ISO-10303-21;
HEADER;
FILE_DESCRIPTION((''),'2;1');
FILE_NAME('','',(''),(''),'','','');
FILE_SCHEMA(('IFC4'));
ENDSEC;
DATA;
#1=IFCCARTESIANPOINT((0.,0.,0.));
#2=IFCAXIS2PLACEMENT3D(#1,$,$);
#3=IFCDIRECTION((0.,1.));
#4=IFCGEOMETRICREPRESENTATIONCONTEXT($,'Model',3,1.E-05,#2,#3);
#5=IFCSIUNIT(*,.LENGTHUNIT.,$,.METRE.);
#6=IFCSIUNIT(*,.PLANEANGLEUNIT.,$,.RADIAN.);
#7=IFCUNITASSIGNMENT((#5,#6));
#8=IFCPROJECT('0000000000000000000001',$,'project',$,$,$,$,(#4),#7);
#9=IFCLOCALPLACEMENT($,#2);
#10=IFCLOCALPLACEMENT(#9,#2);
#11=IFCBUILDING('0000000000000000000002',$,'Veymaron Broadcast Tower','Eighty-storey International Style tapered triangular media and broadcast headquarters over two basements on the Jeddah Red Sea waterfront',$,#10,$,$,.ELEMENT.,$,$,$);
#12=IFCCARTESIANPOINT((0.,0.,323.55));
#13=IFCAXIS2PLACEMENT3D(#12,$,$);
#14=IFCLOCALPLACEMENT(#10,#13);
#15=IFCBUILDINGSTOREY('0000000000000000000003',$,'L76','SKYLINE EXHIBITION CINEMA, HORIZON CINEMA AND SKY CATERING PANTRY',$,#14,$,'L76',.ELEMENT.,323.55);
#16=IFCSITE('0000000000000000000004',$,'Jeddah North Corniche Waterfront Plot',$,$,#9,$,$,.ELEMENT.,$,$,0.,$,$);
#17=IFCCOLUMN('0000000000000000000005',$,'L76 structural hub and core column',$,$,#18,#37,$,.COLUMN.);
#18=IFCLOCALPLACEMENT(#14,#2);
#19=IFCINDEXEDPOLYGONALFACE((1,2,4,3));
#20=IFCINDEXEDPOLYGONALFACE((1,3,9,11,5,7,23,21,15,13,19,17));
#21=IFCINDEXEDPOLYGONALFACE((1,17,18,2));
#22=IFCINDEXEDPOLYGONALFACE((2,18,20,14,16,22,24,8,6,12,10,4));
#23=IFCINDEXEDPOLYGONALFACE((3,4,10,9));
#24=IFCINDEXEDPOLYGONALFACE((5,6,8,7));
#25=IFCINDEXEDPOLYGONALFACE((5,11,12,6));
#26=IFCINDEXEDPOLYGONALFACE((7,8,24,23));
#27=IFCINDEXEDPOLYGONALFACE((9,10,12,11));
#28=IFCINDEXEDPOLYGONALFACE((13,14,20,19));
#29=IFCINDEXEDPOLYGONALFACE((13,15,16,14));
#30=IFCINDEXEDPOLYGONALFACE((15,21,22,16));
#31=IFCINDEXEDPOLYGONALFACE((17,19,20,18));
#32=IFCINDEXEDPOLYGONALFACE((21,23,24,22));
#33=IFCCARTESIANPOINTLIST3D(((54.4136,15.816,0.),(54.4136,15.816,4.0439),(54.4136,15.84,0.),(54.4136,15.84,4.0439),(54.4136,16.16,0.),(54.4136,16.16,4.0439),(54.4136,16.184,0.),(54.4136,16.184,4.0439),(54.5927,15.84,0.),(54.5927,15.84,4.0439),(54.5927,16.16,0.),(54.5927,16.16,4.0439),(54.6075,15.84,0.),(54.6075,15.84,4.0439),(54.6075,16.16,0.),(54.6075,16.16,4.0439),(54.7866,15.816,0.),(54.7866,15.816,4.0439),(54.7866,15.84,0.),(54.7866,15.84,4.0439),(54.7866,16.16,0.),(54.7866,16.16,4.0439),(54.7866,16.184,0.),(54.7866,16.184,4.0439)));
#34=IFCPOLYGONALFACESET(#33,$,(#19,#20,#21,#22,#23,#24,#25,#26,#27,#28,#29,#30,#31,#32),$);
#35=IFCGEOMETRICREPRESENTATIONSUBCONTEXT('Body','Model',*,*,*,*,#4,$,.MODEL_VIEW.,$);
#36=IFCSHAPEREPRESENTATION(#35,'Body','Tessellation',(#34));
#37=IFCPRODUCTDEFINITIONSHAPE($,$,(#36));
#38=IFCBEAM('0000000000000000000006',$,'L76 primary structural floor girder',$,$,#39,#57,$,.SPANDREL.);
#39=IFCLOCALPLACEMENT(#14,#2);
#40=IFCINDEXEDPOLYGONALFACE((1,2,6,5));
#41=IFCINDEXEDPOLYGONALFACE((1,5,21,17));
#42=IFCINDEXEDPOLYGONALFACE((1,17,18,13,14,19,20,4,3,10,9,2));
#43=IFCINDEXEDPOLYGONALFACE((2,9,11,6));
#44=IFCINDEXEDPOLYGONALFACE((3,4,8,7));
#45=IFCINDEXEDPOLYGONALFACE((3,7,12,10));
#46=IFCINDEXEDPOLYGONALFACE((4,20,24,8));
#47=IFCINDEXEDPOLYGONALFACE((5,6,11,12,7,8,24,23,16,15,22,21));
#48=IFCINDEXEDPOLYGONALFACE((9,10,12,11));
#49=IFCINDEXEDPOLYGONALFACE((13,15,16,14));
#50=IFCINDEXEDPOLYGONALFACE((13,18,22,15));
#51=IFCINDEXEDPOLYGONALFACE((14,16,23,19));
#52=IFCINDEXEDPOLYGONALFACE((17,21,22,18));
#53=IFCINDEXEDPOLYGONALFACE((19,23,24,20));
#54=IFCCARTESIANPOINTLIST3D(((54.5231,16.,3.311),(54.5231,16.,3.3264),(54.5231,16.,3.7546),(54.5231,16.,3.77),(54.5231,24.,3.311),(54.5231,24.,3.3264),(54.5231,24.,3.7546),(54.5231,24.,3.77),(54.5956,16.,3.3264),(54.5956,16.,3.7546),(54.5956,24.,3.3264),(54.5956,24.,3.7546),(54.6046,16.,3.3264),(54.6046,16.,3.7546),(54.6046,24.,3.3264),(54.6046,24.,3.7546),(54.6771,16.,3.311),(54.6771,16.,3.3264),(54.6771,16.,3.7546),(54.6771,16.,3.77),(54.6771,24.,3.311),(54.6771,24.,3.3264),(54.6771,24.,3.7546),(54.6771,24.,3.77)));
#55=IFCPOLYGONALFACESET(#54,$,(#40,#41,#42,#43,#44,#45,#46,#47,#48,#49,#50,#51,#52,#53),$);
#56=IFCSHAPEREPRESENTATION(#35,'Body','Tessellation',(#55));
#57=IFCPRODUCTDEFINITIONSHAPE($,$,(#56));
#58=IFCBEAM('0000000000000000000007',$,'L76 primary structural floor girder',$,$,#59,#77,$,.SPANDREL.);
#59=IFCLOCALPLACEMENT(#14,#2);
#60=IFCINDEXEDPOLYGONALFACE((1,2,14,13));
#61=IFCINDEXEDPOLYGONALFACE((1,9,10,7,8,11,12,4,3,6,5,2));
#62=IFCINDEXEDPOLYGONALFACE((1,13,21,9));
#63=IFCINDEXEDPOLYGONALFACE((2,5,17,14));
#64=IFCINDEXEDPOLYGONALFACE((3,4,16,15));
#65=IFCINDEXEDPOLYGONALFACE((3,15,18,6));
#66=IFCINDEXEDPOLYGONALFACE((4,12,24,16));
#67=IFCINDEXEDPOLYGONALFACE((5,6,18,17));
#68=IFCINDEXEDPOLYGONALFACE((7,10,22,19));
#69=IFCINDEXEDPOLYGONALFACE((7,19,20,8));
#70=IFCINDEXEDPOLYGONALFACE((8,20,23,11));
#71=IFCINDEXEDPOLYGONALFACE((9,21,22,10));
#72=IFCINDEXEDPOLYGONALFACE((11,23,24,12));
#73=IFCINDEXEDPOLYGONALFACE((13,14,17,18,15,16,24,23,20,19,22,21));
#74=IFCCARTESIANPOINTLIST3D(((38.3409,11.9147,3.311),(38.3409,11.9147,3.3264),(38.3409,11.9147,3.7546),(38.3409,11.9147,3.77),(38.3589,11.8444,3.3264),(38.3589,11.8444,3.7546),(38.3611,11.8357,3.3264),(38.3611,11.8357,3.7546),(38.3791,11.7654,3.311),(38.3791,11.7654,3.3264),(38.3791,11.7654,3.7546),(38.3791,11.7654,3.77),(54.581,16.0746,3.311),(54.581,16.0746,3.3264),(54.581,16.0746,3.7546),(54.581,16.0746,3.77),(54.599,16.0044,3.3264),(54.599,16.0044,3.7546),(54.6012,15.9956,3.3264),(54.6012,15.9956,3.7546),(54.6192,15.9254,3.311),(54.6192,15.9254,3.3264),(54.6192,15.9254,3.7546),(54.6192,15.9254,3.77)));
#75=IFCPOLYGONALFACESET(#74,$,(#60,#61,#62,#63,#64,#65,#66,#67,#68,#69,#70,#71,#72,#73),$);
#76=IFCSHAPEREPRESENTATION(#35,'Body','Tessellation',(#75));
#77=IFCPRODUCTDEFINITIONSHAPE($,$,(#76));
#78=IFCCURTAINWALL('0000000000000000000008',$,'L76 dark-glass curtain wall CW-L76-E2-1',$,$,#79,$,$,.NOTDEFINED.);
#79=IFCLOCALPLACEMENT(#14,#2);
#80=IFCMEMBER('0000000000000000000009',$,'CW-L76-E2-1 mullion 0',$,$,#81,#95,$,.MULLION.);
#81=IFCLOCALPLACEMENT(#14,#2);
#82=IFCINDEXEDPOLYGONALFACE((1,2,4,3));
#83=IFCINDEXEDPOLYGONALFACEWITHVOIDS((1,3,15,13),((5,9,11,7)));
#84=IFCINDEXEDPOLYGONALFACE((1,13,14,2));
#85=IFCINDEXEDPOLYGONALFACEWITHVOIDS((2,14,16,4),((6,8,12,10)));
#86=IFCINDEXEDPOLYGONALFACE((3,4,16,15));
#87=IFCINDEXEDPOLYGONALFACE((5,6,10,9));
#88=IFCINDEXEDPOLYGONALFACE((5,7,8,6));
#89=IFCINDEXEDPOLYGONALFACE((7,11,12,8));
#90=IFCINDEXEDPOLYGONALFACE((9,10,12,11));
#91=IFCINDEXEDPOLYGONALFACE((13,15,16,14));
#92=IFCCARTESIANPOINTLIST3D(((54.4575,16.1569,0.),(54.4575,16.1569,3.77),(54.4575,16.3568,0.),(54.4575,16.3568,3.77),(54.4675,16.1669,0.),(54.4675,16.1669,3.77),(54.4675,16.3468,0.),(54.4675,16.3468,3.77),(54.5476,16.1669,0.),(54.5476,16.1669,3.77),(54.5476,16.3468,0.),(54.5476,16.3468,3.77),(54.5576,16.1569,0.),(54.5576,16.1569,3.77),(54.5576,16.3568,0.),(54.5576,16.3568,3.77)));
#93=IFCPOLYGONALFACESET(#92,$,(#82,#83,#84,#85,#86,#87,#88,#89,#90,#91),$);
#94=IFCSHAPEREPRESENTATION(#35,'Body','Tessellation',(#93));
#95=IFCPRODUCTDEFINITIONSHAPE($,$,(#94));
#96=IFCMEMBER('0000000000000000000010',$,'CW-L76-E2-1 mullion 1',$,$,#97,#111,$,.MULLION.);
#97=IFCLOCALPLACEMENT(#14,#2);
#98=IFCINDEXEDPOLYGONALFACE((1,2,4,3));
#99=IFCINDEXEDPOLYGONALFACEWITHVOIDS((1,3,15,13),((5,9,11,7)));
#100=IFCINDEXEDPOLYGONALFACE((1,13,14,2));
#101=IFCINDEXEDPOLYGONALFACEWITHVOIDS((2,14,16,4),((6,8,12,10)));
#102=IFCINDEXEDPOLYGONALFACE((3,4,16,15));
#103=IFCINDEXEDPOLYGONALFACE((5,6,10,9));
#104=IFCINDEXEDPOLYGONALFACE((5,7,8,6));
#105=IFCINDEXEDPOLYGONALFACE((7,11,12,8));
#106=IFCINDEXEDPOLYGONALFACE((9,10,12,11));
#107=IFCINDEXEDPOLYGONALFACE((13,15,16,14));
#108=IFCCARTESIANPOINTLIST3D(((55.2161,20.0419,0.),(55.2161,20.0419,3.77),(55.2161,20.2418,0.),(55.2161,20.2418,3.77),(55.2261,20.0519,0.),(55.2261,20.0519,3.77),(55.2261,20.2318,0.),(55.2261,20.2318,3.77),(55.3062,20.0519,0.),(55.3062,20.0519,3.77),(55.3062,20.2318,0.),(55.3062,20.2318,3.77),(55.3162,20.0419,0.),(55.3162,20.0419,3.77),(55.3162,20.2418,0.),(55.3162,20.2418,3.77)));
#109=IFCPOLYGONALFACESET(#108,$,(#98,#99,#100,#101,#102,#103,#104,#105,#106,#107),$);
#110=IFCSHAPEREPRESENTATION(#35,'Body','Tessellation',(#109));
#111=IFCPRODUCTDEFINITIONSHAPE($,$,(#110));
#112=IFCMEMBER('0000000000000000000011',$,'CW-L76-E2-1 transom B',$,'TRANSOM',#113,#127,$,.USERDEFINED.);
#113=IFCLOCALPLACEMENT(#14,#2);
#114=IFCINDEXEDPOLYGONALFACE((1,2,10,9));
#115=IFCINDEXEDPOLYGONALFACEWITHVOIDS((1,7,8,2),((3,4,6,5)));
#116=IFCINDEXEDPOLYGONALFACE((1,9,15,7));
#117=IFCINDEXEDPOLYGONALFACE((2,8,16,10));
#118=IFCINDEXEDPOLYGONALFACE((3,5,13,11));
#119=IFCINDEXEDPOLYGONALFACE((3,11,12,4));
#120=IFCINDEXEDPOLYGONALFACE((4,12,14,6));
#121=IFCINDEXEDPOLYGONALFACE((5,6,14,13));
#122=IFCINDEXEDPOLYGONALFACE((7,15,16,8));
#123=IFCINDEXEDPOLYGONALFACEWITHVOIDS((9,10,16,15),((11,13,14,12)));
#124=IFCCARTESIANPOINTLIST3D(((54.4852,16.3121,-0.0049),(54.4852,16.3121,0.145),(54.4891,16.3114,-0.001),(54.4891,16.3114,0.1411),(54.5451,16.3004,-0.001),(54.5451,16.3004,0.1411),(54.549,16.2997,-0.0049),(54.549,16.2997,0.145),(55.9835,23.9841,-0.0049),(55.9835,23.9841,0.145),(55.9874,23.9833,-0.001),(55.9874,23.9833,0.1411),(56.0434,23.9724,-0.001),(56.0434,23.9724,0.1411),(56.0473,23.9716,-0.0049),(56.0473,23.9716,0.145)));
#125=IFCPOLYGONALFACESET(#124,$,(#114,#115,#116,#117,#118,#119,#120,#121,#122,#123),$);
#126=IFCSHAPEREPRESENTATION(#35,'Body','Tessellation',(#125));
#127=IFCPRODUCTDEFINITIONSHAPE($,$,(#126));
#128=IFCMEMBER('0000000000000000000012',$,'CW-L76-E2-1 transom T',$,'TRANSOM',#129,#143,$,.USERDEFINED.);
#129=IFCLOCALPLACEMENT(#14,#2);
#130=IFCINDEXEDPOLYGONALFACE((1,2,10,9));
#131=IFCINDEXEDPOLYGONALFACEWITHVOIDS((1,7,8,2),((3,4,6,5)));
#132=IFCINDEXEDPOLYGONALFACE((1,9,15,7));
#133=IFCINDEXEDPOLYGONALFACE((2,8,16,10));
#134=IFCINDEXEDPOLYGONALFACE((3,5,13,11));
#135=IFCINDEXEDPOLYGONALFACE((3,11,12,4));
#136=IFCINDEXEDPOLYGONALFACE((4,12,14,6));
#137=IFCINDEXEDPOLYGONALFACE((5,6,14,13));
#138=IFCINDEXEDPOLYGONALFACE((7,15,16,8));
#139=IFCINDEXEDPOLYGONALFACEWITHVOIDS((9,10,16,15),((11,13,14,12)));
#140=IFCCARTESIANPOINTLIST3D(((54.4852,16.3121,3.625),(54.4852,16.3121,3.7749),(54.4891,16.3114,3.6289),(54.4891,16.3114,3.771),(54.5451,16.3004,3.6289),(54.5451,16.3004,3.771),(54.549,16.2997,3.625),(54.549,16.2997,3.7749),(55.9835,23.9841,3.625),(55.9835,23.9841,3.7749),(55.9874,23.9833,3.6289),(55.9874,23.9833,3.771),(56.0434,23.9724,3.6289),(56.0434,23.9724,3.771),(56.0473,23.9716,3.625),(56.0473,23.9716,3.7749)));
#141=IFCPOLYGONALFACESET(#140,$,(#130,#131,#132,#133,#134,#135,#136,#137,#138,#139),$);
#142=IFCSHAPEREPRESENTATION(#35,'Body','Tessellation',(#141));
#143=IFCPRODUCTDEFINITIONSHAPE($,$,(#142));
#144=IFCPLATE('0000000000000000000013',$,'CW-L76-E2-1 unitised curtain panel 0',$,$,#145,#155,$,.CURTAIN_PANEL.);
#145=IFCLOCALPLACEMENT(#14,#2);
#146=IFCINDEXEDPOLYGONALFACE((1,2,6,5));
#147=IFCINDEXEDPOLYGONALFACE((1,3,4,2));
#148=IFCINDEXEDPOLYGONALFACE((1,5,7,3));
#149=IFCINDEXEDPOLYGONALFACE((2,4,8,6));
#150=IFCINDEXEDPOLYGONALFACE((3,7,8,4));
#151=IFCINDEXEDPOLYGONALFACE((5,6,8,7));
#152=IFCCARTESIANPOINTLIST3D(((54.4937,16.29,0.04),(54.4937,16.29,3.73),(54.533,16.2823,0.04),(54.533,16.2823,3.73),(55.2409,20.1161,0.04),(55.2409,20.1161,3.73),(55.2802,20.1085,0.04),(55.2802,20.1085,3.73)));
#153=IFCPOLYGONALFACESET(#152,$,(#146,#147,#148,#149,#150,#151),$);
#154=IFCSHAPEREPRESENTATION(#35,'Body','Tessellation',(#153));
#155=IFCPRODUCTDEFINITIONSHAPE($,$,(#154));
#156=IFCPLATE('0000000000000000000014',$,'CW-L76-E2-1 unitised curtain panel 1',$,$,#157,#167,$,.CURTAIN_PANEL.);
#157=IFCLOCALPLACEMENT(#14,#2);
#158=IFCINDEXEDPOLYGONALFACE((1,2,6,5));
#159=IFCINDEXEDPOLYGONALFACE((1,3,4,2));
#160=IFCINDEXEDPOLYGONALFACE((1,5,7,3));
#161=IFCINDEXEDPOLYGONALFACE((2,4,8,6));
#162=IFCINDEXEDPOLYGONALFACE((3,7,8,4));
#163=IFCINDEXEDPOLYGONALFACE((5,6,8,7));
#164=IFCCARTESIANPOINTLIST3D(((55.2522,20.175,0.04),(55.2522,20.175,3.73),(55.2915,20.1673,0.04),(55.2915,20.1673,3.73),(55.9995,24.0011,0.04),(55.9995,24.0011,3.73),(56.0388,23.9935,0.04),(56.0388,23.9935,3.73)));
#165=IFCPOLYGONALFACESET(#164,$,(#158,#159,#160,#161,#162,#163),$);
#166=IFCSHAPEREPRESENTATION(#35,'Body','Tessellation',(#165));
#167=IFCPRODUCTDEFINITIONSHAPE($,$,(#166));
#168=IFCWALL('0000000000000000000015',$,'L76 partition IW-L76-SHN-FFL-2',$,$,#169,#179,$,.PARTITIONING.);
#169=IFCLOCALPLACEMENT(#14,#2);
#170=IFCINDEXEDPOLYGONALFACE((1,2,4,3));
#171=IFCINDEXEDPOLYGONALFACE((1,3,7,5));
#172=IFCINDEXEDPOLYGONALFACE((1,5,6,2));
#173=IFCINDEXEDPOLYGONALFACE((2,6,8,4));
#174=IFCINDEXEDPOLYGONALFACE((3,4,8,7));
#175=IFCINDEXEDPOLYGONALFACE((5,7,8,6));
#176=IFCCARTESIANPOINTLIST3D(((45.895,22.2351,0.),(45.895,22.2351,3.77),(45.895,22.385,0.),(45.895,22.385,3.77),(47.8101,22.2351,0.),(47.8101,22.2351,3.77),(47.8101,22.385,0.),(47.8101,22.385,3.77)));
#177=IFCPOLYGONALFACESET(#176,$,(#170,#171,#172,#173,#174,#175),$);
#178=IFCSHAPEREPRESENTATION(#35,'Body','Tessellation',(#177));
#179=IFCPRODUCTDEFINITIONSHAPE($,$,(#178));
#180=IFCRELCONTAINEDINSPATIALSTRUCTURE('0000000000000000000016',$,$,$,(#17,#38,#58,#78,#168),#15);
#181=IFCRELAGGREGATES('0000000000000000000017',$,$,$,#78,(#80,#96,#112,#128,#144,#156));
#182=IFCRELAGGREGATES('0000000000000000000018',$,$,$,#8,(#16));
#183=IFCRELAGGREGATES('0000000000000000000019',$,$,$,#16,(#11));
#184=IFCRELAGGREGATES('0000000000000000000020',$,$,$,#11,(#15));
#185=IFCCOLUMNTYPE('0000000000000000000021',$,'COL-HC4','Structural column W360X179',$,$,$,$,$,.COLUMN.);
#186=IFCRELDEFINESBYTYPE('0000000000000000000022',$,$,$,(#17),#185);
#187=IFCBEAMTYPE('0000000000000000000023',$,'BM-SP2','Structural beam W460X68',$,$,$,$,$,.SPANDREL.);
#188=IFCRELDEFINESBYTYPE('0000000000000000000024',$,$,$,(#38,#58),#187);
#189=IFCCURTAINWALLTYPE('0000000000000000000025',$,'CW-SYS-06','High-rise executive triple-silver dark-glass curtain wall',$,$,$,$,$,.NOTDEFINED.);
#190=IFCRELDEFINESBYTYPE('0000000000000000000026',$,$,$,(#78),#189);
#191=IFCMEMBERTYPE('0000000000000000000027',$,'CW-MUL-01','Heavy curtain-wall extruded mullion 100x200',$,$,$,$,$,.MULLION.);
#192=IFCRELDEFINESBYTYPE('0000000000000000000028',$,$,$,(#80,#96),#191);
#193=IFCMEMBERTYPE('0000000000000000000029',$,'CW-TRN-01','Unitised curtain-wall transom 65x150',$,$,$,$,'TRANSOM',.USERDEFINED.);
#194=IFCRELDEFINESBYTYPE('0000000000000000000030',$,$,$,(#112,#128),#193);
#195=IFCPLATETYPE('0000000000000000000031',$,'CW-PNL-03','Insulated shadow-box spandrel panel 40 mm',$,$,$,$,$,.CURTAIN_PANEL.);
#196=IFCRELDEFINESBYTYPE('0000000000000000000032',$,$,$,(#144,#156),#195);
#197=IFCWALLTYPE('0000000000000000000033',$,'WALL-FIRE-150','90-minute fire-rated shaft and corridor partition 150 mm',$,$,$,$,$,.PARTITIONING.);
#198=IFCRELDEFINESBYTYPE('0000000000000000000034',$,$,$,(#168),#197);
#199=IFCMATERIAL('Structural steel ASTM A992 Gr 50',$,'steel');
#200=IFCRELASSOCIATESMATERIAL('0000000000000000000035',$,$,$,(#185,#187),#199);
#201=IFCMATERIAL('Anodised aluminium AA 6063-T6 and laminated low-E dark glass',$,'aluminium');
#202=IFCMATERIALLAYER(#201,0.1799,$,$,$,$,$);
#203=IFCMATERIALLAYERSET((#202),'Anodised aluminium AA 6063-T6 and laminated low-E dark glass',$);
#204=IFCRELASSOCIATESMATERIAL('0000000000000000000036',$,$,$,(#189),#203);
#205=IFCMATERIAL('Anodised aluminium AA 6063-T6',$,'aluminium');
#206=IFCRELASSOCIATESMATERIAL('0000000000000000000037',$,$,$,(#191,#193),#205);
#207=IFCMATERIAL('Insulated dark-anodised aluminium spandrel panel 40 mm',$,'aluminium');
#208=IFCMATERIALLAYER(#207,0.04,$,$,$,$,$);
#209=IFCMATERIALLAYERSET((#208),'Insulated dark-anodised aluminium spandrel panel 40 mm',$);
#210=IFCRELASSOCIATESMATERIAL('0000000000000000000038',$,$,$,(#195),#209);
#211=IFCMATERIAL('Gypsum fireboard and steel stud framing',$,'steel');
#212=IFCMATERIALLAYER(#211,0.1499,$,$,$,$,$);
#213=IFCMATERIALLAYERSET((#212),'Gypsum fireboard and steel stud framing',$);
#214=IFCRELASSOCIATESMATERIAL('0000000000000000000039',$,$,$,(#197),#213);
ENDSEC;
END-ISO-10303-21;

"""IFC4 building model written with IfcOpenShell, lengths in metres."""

from ifc_helpers import new_model, si_unit, direction, frame, frame_2d, origin, origin_2d, place, context, subcontext, project, spatial, rectangle, hollow_rectangle, i_section, extrude, material, layer, layer_set, material_profile, profile_set, type_object, element, aggregate, save


model = new_model("IFC4")

# Units and contexts
model_context = context("Model", 3, precision=1e-05, world=origin(), true_north=direction((0.0, 1.0)))
body_context = subcontext(model_context, "Body", "Model", "MODEL_VIEW")
ifc_project = project(units=[si_unit("LENGTHUNIT", "METRE"), si_unit("PLANEANGLEUNIT", "RADIAN")], contexts=[model_context])

# Site, building, storey
site_placement = place(None, origin())
site = spatial("IfcSite", under=ifc_project, at=site_placement, Name="Jeddah North Corniche Waterfront Plot", CompositionType="ELEMENT", RefElevation=0.0)
building_placement = place(site_placement, origin())
building = spatial("IfcBuilding", under=site, at=building_placement, Name="Veymaron Broadcast Tower", Description="Eighty-storey International Style tapered triangular media and broadcast headquarters over two basements on the Jeddah Red Sea waterfront", CompositionType="ELEMENT")
storey_placement = place(building_placement, frame((0.0, 0.0, 323.55)))
storey = spatial("IfcBuildingStorey", under=building, at=storey_placement, Name="L76", Description="SKYLINE EXHIBITION CINEMA, HORIZON CINEMA AND SKY CATERING PANTRY", LongName="L76", CompositionType="ELEMENT", Elevation=323.55)

# Column
ifc_material_1 = material(Name="Structural steel ASTM A992 Gr 50", Category="steel")
ifc_material_profile_1 = material_profile(ifc_material_1, i_section(OverallWidth=0.373, OverallDepth=0.3679, WebThickness=0.0149, FlangeThickness=0.0239, at=origin_2d()), Name="W360X179")
ifc_profile_set_1 = profile_set([ifc_material_profile_1], Name="Structural steel ASTM A992 Gr 50")
column_type = type_object("IfcColumnType", Name="COL-HC4", Description="Structural column W360X179", PredefinedType="COLUMN", material=ifc_profile_set_1)
column_placement = place(storey_placement, frame((54.6001, 16.0, 0.0), z_axis=(0.0, 0.0, 1.0), x_axis=(1.0, 0.0, 0.0)))
element("IfcColumn", 1, at=column_placement, inside=storey, type_object=column_type, Name="L76 structural hub and core column", PredefinedType="COLUMN", context=body_context, shape_type="SweptSolid", body=[
    extrude(i_section(OverallWidth=0.373, OverallDepth=0.3679, WebThickness=0.0149, FlangeThickness=0.0239, at=origin_2d()), origin(), (0.0, 0.0, 1.0), 4.0439),
])

# Beams
ifc_material_profile_2 = material_profile(ifc_material_1, i_section(OverallWidth=0.1541, OverallDepth=0.459, WebThickness=0.009, FlangeThickness=0.0154, at=origin_2d()), Name="W460X68")
ifc_profile_set_2 = profile_set([ifc_material_profile_2], Name="Structural steel ASTM A992 Gr 50")
beam_type = type_object("IfcBeamType", Name="BM-SP2", Description="Structural beam W460X68", PredefinedType="SPANDREL", material=ifc_profile_set_2)
beam_1_placement = place(storey_placement, frame((54.6001, 16.0, 3.5405), z_axis=(0.0, 1.0, 0.0), x_axis=(-1.0, 0.0, 0.0)))
element("IfcBeam", 2, at=beam_1_placement, inside=storey, type_object=beam_type, Name="L76 primary structural floor girder", PredefinedType="SPANDREL", context=body_context, shape_type="SweptSolid", body=[
    extrude(i_section(OverallWidth=0.1541, OverallDepth=0.459, WebThickness=0.009, FlangeThickness=0.0154, at=origin_2d()), origin(), (0.0, 0.0, 1.0), 8.0),
])
beam_2_placement = place(storey_placement, frame((54.6001, 16.0, 3.5405), z_axis=(-0.968724, -0.248141, 0.0), x_axis=(0.248141, -0.968724, 0.0)))
element("IfcBeam", 3, at=beam_2_placement, inside=storey, type_object=beam_type, Name="L76 primary structural floor girder", PredefinedType="SPANDREL", context=body_context, shape_type="SweptSolid", body=[
    extrude(i_section(OverallWidth=0.1541, OverallDepth=0.459, WebThickness=0.009, FlangeThickness=0.0154, at=origin_2d()), origin(), (0.0, 0.0, 1.0), 16.7644),
])

# Curtain wall, members, plates
ifc_material_2 = material(Name="Anodised aluminium AA 6063-T6 and laminated low-E dark glass", Category="aluminium")
ifc_layer_1 = layer(ifc_material_2, 0.1799)
ifc_layer_set_1 = layer_set([ifc_layer_1], Name="Anodised aluminium AA 6063-T6 and laminated low-E dark glass")
curtain_wall_type = type_object("IfcCurtainWallType", Name="CW-SYS-06", Description="High-rise executive triple-silver dark-glass curtain wall", PredefinedType="NOTDEFINED", material=ifc_layer_set_1)
curtain_wall_placement = place(storey_placement, origin())
curtain_wall = element("IfcCurtainWall", 4, at=curtain_wall_placement, inside=storey, type_object=curtain_wall_type, Name="L76 dark-glass curtain wall CW-L76-E2-1", PredefinedType="NOTDEFINED")
ifc_material_3 = material(Name="Anodised aluminium AA 6063-T6", Category="aluminium")
ifc_material_profile_3 = material_profile(ifc_material_3, hollow_rectangle(XDim=0.1001, YDim=0.2, WallThickness=0.01, at=origin_2d()), Name="RHS200X100X10")
ifc_profile_set_3 = profile_set([ifc_material_profile_3], Name="Anodised aluminium AA 6063-T6")
member_type_1 = type_object("IfcMemberType", Name="CW-MUL-01", Description="Heavy curtain-wall extruded mullion 100x200", PredefinedType="MULLION", material=ifc_profile_set_3)
member_1_placement = place(storey_placement, frame((54.5076, 16.2568, 0.0), z_axis=(0.0, 0.0, 1.0), x_axis=(1.0, 0.0, 0.0)))
member_1 = element("IfcMember", 5, at=member_1_placement, type_object=member_type_1, Name="CW-L76-E2-1 mullion 0", PredefinedType="MULLION", context=body_context, shape_type="SweptSolid", body=[
    extrude(hollow_rectangle(XDim=0.1001, YDim=0.2, WallThickness=0.01, at=origin_2d()), origin(), (0.0, 0.0, 1.0), 3.77),
])
member_2_placement = place(storey_placement, frame((55.2661, 20.1418, 0.0), z_axis=(0.0, 0.0, 1.0), x_axis=(1.0, 0.0, 0.0)))
member_2 = element("IfcMember", 6, at=member_2_placement, type_object=member_type_1, Name="CW-L76-E2-1 mullion 1", PredefinedType="MULLION", context=body_context, shape_type="SweptSolid", body=[
    extrude(hollow_rectangle(XDim=0.1001, YDim=0.2, WallThickness=0.01, at=origin_2d()), origin(), (0.0, 0.0, 1.0), 3.77),
])
ifc_material_profile_4 = material_profile(ifc_material_3, hollow_rectangle(XDim=0.0649, YDim=0.1499, WallThickness=0.0039, at=origin_2d()), Name="AL150X65X4")
ifc_profile_set_4 = profile_set([ifc_material_profile_4], Name="Anodised aluminium AA 6063-T6")
member_type_2 = type_object("IfcMemberType", Name="CW-TRN-01", Description="Unitised curtain-wall transom 65x150", ElementType="TRANSOM", PredefinedType="USERDEFINED", material=ifc_profile_set_4)
member_3_placement = place(storey_placement, frame((54.5171, 16.3059, 0.0701), z_axis=(0.191675, 0.981458, 0.0), x_axis=(-0.981458, 0.191675, 0.0)))
member_3 = element("IfcMember", 7, at=member_3_placement, type_object=member_type_2, Name="CW-L76-E2-1 transom B", ObjectType="TRANSOM", PredefinedType="USERDEFINED", context=body_context, shape_type="SweptSolid", body=[
    extrude(hollow_rectangle(XDim=0.0649, YDim=0.1499, WallThickness=0.0039, at=origin_2d()), origin(), (0.0, 0.0, 1.0), 7.8169),
])
member_4_placement = place(storey_placement, frame((54.5171, 16.3059, 3.7), z_axis=(0.191675, 0.981458, 0.0), x_axis=(-0.981458, 0.191675, 0.0)))
member_4 = element("IfcMember", 8, at=member_4_placement, type_object=member_type_2, Name="CW-L76-E2-1 transom T", ObjectType="TRANSOM", PredefinedType="USERDEFINED", context=body_context, shape_type="SweptSolid", body=[
    extrude(hollow_rectangle(XDim=0.0649, YDim=0.1499, WallThickness=0.0039, at=origin_2d()), origin(), (0.0, 0.0, 1.0), 7.8169),
])
ifc_material_4 = material(Name="Insulated dark-anodised aluminium spandrel panel 40 mm", Category="aluminium")
ifc_layer_2 = layer(ifc_material_4, 0.04)
ifc_layer_set_2 = layer_set([ifc_layer_2], Name="Insulated dark-anodised aluminium spandrel panel 40 mm")
plate_type = type_object("IfcPlateType", Name="CW-PNL-03", Description="Insulated shadow-box spandrel panel 40 mm", PredefinedType="CURTAIN_PANEL", material=ifc_layer_set_2)
plate_1_placement = place(storey_placement, frame((54.887, 18.1992, 0.04), z_axis=(0.0, 0.0, 1.0), x_axis=(0.191683, 0.981457, 0.0)))
plate_1 = element("IfcPlate", 9, at=plate_1_placement, type_object=plate_type, Name="CW-L76-E2-1 unitised curtain panel 0", PredefinedType="CURTAIN_PANEL", context=body_context, shape_type="SweptSolid", body=[
    extrude(rectangle(XDim=3.8984, YDim=0.04, at=origin_2d()), origin(), (0.0, 0.0, 1.0), 3.6899),
])
plate_2_placement = place(storey_placement, frame((55.6455, 22.0842, 0.04), z_axis=(0.0, 0.0, 1.0), x_axis=(0.191683, 0.981457, 0.0)))
plate_2 = element("IfcPlate", 10, at=plate_2_placement, type_object=plate_type, Name="CW-L76-E2-1 unitised curtain panel 1", PredefinedType="CURTAIN_PANEL", context=body_context, shape_type="SweptSolid", body=[
    extrude(rectangle(XDim=3.8984, YDim=0.04, at=origin_2d()), origin(), (0.0, 0.0, 1.0), 3.6899),
])
aggregate(curtain_wall, [member_1, member_2, member_3, member_4, plate_1, plate_2])

# Wall
ifc_material_5 = material(Name="Gypsum fireboard and steel stud framing", Category="steel")
ifc_layer_3 = layer(ifc_material_5, 0.1499)
ifc_layer_set_3 = layer_set([ifc_layer_3], Name="Gypsum fireboard and steel stud framing")
wall_type_1 = type_object("IfcWallType", Name="WALL-FIRE-150", Description="90-minute fire-rated shaft and corridor partition 150 mm", PredefinedType="PARTITIONING", material=ifc_layer_set_3)
wall_1_placement = place(storey_placement, frame((45.895, 22.3101, 0.0), z_axis=(0.0, 0.0, 1.0), x_axis=(1.0, 0.0, 0.0)))
element("IfcWall", 11, at=wall_1_placement, inside=storey, type_object=wall_type_1, Name="L76 partition IW-L76-SHN-FFL-2", PredefinedType="PARTITIONING", context=body_context, shape_type="SweptSolid", body=[
    extrude(rectangle(XDim=1.915, YDim=0.1499, at=frame_2d((0.9575, 0.0))), origin(), (0.0, 0.0, 1.0), 3.77),
])

save(model, "model.ifc")
